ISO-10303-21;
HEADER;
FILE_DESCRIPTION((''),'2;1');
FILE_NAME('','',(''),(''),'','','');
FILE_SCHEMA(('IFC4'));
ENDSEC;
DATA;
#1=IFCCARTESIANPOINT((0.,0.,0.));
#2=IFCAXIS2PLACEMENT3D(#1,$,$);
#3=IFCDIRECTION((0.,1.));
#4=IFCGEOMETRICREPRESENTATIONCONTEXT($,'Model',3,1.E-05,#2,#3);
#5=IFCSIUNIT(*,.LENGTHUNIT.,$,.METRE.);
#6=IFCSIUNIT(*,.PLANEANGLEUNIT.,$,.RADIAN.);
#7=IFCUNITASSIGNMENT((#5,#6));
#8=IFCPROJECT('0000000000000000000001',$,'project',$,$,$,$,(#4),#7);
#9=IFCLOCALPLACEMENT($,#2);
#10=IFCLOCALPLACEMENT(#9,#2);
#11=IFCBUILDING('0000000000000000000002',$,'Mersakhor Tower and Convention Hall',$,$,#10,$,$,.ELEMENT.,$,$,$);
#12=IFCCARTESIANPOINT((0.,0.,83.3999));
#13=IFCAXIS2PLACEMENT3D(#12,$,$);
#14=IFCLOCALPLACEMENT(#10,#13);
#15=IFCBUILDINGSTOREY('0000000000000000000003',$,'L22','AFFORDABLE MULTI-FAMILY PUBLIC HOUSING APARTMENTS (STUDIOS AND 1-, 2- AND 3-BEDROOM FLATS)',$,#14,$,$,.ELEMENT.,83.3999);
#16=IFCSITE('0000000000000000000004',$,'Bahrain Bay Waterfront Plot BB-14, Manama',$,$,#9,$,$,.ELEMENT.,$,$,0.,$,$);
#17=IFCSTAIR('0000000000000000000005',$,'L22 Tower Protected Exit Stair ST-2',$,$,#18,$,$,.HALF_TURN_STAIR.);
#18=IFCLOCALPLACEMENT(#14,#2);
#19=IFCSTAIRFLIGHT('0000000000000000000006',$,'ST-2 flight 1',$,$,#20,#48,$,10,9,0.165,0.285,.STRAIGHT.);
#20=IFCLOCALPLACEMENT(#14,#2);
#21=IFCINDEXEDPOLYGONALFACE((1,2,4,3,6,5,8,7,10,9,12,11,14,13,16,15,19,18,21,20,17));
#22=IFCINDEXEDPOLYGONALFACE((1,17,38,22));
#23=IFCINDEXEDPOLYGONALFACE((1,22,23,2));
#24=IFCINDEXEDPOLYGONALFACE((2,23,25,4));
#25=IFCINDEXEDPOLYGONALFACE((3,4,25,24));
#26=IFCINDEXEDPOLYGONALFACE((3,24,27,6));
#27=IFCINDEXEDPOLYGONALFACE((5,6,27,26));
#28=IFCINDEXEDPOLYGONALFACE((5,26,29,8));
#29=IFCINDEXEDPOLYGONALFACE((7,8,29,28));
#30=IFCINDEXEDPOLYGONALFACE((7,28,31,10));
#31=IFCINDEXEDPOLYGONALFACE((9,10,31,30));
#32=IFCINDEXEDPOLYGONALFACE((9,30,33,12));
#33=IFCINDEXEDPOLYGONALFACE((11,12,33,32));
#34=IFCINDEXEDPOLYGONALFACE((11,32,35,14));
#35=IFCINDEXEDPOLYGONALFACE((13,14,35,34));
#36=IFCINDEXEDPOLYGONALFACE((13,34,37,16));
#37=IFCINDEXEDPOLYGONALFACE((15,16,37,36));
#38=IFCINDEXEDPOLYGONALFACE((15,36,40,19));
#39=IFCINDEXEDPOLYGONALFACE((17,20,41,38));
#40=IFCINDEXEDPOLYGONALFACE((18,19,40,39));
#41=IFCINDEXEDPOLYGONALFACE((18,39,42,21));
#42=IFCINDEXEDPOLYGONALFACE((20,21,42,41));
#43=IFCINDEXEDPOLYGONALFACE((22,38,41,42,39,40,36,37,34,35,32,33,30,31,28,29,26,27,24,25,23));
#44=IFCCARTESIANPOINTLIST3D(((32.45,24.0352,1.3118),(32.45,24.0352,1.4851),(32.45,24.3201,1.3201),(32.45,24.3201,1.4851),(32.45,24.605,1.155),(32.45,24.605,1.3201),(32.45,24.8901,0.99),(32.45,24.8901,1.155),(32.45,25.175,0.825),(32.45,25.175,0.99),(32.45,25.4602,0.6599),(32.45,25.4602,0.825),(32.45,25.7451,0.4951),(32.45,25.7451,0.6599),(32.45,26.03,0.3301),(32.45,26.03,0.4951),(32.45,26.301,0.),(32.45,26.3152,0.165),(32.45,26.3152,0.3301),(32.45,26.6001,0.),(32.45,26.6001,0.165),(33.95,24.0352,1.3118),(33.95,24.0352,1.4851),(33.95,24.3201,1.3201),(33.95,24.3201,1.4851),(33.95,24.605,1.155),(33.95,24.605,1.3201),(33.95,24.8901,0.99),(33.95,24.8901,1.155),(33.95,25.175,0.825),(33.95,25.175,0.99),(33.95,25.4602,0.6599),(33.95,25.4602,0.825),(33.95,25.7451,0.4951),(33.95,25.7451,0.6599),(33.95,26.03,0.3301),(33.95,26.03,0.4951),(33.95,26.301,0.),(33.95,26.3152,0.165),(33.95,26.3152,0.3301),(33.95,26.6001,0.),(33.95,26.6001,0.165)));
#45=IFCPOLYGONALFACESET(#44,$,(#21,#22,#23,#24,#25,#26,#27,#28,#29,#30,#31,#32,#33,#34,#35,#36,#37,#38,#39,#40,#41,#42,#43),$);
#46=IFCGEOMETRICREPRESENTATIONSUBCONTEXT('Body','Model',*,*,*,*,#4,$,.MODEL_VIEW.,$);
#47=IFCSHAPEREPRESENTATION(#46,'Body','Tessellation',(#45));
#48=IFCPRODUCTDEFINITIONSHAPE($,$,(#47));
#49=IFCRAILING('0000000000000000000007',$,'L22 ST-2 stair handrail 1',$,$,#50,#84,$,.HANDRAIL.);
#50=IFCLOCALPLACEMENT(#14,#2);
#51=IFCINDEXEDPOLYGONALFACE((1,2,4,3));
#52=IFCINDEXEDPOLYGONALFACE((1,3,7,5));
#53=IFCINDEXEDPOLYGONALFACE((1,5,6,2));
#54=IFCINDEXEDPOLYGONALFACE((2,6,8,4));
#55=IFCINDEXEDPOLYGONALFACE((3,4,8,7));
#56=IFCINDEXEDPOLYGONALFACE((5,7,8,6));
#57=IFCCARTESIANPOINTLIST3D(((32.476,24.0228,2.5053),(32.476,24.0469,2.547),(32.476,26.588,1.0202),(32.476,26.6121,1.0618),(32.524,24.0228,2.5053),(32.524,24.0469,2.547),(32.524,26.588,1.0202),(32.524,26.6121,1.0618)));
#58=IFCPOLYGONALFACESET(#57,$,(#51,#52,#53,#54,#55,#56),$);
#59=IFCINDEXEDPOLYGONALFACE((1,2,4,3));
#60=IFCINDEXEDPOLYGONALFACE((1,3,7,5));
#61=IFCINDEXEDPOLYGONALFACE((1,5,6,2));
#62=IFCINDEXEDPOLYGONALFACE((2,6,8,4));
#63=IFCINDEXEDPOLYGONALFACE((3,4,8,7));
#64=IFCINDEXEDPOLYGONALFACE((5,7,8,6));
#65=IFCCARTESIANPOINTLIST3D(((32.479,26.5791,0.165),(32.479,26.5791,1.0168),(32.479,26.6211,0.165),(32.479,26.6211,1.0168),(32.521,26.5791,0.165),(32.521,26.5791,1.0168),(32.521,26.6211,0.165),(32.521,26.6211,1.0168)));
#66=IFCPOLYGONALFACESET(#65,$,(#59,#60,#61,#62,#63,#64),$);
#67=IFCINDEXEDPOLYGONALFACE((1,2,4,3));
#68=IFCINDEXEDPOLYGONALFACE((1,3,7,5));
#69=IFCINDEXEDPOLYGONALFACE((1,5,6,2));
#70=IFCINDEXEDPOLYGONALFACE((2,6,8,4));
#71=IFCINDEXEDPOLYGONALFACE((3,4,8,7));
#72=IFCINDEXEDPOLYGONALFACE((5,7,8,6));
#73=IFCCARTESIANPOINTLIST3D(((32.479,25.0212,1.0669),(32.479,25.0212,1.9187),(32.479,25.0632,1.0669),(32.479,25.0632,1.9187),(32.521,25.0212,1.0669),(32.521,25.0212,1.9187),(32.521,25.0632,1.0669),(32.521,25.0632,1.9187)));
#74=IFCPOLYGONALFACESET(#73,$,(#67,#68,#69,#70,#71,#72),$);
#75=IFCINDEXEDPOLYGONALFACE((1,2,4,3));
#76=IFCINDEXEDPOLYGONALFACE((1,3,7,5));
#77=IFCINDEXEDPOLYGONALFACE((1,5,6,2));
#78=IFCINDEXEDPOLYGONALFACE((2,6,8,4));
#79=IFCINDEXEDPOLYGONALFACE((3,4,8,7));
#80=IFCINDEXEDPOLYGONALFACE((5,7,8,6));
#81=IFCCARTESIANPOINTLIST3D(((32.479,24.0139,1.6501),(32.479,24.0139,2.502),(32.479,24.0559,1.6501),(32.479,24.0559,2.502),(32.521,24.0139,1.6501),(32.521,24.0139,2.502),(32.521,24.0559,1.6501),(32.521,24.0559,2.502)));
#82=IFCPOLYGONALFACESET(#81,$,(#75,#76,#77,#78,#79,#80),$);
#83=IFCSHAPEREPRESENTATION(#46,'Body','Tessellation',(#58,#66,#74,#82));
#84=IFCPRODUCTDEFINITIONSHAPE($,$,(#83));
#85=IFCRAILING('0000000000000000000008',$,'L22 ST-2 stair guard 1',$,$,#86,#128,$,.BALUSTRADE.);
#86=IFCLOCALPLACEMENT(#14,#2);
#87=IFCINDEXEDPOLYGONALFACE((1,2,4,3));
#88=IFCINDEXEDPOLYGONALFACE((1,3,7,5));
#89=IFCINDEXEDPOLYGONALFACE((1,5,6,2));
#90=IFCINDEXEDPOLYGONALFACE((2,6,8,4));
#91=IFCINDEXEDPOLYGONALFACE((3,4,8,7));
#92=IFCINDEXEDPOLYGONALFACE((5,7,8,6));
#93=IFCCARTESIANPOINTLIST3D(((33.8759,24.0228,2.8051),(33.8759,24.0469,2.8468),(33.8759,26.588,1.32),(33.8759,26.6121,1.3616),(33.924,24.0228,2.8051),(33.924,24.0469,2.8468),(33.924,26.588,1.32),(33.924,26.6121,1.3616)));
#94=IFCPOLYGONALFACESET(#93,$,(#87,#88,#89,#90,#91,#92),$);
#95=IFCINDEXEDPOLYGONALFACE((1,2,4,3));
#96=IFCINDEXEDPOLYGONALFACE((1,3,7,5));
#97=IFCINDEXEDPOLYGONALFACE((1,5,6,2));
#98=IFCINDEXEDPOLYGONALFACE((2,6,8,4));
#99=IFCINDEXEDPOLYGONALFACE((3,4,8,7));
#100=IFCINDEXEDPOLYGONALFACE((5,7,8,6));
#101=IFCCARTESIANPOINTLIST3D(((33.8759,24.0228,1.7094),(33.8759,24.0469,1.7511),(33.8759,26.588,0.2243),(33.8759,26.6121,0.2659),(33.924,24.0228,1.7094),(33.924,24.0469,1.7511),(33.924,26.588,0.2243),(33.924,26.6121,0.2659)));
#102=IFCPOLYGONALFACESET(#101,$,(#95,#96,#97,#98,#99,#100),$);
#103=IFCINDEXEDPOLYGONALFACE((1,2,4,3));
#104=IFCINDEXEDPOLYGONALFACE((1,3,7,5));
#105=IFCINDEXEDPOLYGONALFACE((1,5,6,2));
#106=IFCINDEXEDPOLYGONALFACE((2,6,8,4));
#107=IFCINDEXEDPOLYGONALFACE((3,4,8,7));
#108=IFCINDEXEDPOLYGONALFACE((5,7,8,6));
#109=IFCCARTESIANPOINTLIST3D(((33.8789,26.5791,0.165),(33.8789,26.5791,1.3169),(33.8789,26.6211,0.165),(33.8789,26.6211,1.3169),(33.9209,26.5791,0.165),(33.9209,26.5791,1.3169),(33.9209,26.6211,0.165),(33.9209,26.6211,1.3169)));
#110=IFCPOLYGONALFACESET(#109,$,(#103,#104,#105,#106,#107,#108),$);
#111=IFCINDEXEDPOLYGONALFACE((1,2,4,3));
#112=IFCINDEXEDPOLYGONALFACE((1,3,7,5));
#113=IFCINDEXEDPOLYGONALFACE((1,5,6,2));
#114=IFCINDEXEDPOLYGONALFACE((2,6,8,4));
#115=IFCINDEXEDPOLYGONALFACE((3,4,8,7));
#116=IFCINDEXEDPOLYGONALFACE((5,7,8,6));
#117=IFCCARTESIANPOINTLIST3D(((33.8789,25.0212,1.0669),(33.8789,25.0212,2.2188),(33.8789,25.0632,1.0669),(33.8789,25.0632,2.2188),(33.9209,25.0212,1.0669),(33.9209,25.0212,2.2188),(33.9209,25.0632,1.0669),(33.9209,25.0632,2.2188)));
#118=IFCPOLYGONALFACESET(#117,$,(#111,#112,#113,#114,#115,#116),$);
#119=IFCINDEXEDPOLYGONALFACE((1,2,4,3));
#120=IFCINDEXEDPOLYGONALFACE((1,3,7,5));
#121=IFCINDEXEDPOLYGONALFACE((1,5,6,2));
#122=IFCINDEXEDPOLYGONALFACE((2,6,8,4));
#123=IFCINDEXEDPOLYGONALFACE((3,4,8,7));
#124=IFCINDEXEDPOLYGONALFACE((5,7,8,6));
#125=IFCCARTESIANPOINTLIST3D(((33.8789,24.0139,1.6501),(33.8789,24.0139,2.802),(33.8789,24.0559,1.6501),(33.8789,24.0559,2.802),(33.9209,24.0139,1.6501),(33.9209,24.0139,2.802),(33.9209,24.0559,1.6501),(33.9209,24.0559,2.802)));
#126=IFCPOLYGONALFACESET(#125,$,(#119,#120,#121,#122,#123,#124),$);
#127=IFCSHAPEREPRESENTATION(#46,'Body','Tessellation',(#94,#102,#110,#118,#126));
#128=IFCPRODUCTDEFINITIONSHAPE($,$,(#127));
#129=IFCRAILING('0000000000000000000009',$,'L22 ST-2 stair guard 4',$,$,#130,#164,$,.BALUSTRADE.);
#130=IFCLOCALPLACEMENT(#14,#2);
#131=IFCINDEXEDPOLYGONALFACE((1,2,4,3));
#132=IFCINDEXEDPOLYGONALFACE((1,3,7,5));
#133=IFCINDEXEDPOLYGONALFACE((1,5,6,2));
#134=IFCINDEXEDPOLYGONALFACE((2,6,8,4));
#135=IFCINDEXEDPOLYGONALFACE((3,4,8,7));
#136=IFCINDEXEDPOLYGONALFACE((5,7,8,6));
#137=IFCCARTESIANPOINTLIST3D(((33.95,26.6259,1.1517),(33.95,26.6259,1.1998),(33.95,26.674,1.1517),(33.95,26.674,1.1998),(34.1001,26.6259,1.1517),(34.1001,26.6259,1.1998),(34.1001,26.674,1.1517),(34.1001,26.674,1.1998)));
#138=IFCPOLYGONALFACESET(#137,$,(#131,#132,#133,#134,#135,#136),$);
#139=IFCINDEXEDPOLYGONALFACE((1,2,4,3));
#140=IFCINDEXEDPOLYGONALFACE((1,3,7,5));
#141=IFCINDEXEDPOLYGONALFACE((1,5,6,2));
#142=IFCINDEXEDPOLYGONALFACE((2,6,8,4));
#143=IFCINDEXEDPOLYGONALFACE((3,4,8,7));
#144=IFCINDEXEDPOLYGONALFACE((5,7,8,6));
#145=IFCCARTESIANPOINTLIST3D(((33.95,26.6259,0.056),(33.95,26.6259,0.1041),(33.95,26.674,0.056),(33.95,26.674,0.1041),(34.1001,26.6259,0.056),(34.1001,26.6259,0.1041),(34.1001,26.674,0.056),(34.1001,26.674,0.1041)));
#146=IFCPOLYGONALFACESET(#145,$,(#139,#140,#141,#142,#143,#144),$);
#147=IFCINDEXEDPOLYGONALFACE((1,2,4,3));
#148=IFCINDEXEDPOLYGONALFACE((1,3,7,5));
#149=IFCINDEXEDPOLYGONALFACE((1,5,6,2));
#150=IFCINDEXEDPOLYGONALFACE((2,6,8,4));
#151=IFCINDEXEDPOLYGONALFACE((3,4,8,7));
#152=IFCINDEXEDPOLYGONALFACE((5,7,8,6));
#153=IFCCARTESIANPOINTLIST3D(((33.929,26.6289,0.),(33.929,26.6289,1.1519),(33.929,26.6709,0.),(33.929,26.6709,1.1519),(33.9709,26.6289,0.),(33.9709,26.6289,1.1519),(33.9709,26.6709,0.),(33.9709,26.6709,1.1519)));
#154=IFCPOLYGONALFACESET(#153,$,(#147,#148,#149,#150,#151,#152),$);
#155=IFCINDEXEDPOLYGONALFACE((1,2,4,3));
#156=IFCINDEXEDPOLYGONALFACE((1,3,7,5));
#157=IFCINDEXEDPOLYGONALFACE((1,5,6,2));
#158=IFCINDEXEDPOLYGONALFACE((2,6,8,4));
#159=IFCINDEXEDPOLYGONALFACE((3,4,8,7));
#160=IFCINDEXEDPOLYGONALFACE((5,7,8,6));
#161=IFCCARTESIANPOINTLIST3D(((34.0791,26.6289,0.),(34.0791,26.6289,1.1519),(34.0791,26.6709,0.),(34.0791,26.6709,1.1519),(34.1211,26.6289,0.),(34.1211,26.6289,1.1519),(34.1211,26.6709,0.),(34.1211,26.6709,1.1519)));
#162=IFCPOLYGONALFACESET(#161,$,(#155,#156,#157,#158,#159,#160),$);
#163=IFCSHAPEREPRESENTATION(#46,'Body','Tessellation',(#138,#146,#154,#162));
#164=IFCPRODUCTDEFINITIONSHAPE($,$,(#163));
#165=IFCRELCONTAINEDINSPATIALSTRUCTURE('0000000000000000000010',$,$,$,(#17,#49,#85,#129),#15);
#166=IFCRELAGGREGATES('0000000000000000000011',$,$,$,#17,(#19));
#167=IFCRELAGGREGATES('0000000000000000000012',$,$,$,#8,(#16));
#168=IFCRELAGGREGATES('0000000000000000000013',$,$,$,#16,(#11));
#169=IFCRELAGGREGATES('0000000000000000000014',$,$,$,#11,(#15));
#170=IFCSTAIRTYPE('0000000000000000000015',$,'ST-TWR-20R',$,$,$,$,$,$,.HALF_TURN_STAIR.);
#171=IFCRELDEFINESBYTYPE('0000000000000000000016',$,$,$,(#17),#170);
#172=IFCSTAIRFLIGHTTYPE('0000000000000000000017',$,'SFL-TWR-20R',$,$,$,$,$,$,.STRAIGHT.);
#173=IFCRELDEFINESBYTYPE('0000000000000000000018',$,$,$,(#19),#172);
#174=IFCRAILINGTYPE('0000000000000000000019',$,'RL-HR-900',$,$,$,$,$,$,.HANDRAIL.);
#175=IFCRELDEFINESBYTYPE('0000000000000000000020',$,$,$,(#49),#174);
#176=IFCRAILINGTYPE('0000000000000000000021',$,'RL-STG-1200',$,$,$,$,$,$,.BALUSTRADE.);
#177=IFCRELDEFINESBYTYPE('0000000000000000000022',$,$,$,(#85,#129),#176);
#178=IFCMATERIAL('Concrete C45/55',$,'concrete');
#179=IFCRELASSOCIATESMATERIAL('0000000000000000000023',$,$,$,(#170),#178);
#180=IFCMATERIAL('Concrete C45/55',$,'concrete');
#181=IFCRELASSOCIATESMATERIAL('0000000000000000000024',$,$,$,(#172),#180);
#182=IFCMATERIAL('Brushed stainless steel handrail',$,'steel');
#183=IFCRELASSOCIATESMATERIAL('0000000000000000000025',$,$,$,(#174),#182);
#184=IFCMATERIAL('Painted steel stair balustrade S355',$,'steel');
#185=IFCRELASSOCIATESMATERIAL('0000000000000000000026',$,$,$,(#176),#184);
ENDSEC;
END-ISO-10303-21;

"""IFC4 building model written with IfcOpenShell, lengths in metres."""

from ifc_helpers import new_model, si_unit, direction, frame, origin, origin_2d, place, context, subcontext, project, spatial, polyline, rectangle, outline, extrude, material, type_object, element, aggregate, save


model = new_model("IFC4")

# Units and contexts
model_context = context("Model", 3, precision=1e-05, world=origin(), true_north=direction((0.0, 1.0)))
body_context = subcontext(model_context, "Body", "Model", "MODEL_VIEW")
ifc_project = project(units=[si_unit("LENGTHUNIT", "METRE"), si_unit("PLANEANGLEUNIT", "RADIAN")], contexts=[model_context])

# Site, building, storey
site_placement = place(None, origin())
site = spatial("IfcSite", under=ifc_project, at=site_placement, Name="Bahrain Bay Waterfront Plot BB-14, Manama", CompositionType="ELEMENT", RefElevation=0.0)
building_placement = place(site_placement, origin())
building = spatial("IfcBuilding", under=site, at=building_placement, Name="Mersakhor Tower and Convention Hall", CompositionType="ELEMENT")
storey_placement = place(building_placement, frame((0.0, 0.0, 83.3999)))
storey = spatial("IfcBuildingStorey", under=building, at=storey_placement, Name="L22", Description="AFFORDABLE MULTI-FAMILY PUBLIC HOUSING APARTMENTS (STUDIOS AND 1-, 2- AND 3-BEDROOM FLATS)", CompositionType="ELEMENT", Elevation=83.3999)

# Stair, stair flight
ifc_material_1 = material(Name="Concrete C45/55", Category="concrete")
stair_type = type_object("IfcStairType", Name="ST-TWR-20R", PredefinedType="HALF_TURN_STAIR", material=ifc_material_1)
stair_placement = place(storey_placement, origin())
stair = element("IfcStair", 1, at=stair_placement, inside=storey, type_object=stair_type, Name="L22 Tower Protected Exit Stair ST-2", PredefinedType="HALF_TURN_STAIR")
ifc_material_2 = material(Name="Concrete C45/55", Category="concrete")
stair_flight_type = type_object("IfcStairFlightType", Name="SFL-TWR-20R", PredefinedType="STRAIGHT", material=ifc_material_2)
stair_flight_placement = place(storey_placement, frame((33.2, 26.6001, 0.0), z_axis=(0.0, 0.0, 1.0), x_axis=(0.0, -1.0, 0.0)))
stair_flight = element("IfcStairFlight", 2, at=stair_flight_placement, type_object=stair_flight_type, Name="ST-2 flight 1", NumberOfRisers=10, NumberOfTreads=9, PredefinedType="STRAIGHT", RiserHeight=0.165, TreadLength=0.285, context=body_context, shape_type="SweptSolid", body=[
    extrude(outline(polyline([(0.0, 0.0), (0.0, 0.165), (0.2849, 0.165), (0.2849, 0.3301), (0.5701, 0.3301), (0.5701, 0.4951), (0.855, 0.4951), (0.855, 0.6599), (1.1399, 0.6599), (1.1399, 0.825), (1.425, 0.825), (1.425, 0.99), (1.71, 0.99), (1.71, 1.155), (1.9951, 1.155), (1.9951, 1.3201), (2.28, 1.3201), (2.28, 1.4851), (2.5649, 1.4851), (2.5649, 1.6499), (2.5649, 1.3118), (0.2991, 0.0), (0.0, 0.0)])), frame((0.0, 0.75, 0.0), z_axis=(0.0, -1.0, 0.0), x_axis=(1.0, 0.0, 0.0)), (0.0, 0.0, 1.0), 1.5),
])
aggregate(stair, [stair_flight])

# Railings
ifc_material_3 = material(Name="Brushed stainless steel handrail", Category="steel")
railing_type_1 = type_object("IfcRailingType", Name="RL-HR-900", PredefinedType="HANDRAIL", material=ifc_material_3)
railing_1_placement = place(storey_placement, frame((32.5, 26.6001, 0.165)))
element("IfcRailing", 3, at=railing_1_placement, inside=storey, type_object=railing_type_1, Name="L22 ST-2 stair handrail 1", PredefinedType="HANDRAIL", context=body_context, shape_type="SweptSolid", body=[
    extrude(rectangle(XDim=0.0481, YDim=0.0481, at=origin_2d()), frame((0.0, 0.0, 0.876), z_axis=(0.0, -0.865426, 0.501036), x_axis=(1.0, 0.0, 0.0)), (0.0, 0.0, 1.0), 2.9641),
    extrude(rectangle(XDim=0.042, YDim=0.042, at=origin_2d()), origin(), (0.0, 0.0, 1.0), 0.8518),
    extrude(rectangle(XDim=0.042, YDim=0.042, at=origin_2d()), frame((0.0, -1.5579, 0.9019)), (0.0, 0.0, 1.0), 0.8518),
    extrude(rectangle(XDim=0.042, YDim=0.042, at=origin_2d()), frame((0.0, -2.5652, 1.4851)), (0.0, 0.0, 1.0), 0.8518),
])
ifc_material_4 = material(Name="Painted steel stair balustrade S355", Category="steel")
railing_type_2 = type_object("IfcRailingType", Name="RL-STG-1200", PredefinedType="BALUSTRADE", material=ifc_material_4)
railing_2_placement = place(storey_placement, frame((33.8999, 26.6001, 0.165)))
element("IfcRailing", 4, at=railing_2_placement, inside=storey, type_object=railing_type_2, Name="L22 ST-2 stair guard 1", PredefinedType="BALUSTRADE", context=body_context, shape_type="SweptSolid", body=[
    extrude(rectangle(XDim=0.0481, YDim=0.0481, at=origin_2d()), frame((0.0, 0.0, 1.1758), z_axis=(0.0, -0.865426, 0.501036), x_axis=(1.0, 0.0, 0.0)), (0.0, 0.0, 1.0), 2.9641),
    extrude(rectangle(XDim=0.0481, YDim=0.0481, at=origin_2d()), frame((0.0, 0.0, 0.0801), z_axis=(0.0, -0.865426, 0.501036), x_axis=(1.0, 0.0, 0.0)), (0.0, 0.0, 1.0), 2.9641),
    extrude(rectangle(XDim=0.042, YDim=0.042, at=origin_2d()), origin(), (0.0, 0.0, 1.0), 1.1519),
    extrude(rectangle(XDim=0.042, YDim=0.042, at=origin_2d()), frame((0.0, -1.5579, 0.9019)), (0.0, 0.0, 1.0), 1.1519),
    extrude(rectangle(XDim=0.042, YDim=0.042, at=origin_2d()), frame((0.0, -2.5652, 1.4851)), (0.0, 0.0, 1.0), 1.1519),
])
railing_3_placement = place(storey_placement, frame((33.95, 26.6499, 0.0)))
element("IfcRailing", 5, at=railing_3_placement, inside=storey, type_object=railing_type_2, Name="L22 ST-2 stair guard 4", PredefinedType="BALUSTRADE", context=body_context, shape_type="SweptSolid", body=[
    extrude(rectangle(XDim=0.0481, YDim=0.0481, at=origin_2d()), frame((0.0, 0.0, 1.1758), z_axis=(1.0, 0.0, 0.0), x_axis=(0.0, 1.0, 0.0)), (0.0, 0.0, 1.0), 0.1501),
    extrude(rectangle(XDim=0.0481, YDim=0.0481, at=origin_2d()), frame((0.0, 0.0, 0.0801), z_axis=(1.0, 0.0, 0.0), x_axis=(0.0, 1.0, 0.0)), (0.0, 0.0, 1.0), 0.1501),
    extrude(rectangle(XDim=0.042, YDim=0.042, at=origin_2d()), origin(), (0.0, 0.0, 1.0), 1.1519),
    extrude(rectangle(XDim=0.042, YDim=0.042, at=origin_2d()), frame((0.1501, 0.0, 0.0)), (0.0, 0.0, 1.0), 1.1519),
])

save(model, "model.ifc")
